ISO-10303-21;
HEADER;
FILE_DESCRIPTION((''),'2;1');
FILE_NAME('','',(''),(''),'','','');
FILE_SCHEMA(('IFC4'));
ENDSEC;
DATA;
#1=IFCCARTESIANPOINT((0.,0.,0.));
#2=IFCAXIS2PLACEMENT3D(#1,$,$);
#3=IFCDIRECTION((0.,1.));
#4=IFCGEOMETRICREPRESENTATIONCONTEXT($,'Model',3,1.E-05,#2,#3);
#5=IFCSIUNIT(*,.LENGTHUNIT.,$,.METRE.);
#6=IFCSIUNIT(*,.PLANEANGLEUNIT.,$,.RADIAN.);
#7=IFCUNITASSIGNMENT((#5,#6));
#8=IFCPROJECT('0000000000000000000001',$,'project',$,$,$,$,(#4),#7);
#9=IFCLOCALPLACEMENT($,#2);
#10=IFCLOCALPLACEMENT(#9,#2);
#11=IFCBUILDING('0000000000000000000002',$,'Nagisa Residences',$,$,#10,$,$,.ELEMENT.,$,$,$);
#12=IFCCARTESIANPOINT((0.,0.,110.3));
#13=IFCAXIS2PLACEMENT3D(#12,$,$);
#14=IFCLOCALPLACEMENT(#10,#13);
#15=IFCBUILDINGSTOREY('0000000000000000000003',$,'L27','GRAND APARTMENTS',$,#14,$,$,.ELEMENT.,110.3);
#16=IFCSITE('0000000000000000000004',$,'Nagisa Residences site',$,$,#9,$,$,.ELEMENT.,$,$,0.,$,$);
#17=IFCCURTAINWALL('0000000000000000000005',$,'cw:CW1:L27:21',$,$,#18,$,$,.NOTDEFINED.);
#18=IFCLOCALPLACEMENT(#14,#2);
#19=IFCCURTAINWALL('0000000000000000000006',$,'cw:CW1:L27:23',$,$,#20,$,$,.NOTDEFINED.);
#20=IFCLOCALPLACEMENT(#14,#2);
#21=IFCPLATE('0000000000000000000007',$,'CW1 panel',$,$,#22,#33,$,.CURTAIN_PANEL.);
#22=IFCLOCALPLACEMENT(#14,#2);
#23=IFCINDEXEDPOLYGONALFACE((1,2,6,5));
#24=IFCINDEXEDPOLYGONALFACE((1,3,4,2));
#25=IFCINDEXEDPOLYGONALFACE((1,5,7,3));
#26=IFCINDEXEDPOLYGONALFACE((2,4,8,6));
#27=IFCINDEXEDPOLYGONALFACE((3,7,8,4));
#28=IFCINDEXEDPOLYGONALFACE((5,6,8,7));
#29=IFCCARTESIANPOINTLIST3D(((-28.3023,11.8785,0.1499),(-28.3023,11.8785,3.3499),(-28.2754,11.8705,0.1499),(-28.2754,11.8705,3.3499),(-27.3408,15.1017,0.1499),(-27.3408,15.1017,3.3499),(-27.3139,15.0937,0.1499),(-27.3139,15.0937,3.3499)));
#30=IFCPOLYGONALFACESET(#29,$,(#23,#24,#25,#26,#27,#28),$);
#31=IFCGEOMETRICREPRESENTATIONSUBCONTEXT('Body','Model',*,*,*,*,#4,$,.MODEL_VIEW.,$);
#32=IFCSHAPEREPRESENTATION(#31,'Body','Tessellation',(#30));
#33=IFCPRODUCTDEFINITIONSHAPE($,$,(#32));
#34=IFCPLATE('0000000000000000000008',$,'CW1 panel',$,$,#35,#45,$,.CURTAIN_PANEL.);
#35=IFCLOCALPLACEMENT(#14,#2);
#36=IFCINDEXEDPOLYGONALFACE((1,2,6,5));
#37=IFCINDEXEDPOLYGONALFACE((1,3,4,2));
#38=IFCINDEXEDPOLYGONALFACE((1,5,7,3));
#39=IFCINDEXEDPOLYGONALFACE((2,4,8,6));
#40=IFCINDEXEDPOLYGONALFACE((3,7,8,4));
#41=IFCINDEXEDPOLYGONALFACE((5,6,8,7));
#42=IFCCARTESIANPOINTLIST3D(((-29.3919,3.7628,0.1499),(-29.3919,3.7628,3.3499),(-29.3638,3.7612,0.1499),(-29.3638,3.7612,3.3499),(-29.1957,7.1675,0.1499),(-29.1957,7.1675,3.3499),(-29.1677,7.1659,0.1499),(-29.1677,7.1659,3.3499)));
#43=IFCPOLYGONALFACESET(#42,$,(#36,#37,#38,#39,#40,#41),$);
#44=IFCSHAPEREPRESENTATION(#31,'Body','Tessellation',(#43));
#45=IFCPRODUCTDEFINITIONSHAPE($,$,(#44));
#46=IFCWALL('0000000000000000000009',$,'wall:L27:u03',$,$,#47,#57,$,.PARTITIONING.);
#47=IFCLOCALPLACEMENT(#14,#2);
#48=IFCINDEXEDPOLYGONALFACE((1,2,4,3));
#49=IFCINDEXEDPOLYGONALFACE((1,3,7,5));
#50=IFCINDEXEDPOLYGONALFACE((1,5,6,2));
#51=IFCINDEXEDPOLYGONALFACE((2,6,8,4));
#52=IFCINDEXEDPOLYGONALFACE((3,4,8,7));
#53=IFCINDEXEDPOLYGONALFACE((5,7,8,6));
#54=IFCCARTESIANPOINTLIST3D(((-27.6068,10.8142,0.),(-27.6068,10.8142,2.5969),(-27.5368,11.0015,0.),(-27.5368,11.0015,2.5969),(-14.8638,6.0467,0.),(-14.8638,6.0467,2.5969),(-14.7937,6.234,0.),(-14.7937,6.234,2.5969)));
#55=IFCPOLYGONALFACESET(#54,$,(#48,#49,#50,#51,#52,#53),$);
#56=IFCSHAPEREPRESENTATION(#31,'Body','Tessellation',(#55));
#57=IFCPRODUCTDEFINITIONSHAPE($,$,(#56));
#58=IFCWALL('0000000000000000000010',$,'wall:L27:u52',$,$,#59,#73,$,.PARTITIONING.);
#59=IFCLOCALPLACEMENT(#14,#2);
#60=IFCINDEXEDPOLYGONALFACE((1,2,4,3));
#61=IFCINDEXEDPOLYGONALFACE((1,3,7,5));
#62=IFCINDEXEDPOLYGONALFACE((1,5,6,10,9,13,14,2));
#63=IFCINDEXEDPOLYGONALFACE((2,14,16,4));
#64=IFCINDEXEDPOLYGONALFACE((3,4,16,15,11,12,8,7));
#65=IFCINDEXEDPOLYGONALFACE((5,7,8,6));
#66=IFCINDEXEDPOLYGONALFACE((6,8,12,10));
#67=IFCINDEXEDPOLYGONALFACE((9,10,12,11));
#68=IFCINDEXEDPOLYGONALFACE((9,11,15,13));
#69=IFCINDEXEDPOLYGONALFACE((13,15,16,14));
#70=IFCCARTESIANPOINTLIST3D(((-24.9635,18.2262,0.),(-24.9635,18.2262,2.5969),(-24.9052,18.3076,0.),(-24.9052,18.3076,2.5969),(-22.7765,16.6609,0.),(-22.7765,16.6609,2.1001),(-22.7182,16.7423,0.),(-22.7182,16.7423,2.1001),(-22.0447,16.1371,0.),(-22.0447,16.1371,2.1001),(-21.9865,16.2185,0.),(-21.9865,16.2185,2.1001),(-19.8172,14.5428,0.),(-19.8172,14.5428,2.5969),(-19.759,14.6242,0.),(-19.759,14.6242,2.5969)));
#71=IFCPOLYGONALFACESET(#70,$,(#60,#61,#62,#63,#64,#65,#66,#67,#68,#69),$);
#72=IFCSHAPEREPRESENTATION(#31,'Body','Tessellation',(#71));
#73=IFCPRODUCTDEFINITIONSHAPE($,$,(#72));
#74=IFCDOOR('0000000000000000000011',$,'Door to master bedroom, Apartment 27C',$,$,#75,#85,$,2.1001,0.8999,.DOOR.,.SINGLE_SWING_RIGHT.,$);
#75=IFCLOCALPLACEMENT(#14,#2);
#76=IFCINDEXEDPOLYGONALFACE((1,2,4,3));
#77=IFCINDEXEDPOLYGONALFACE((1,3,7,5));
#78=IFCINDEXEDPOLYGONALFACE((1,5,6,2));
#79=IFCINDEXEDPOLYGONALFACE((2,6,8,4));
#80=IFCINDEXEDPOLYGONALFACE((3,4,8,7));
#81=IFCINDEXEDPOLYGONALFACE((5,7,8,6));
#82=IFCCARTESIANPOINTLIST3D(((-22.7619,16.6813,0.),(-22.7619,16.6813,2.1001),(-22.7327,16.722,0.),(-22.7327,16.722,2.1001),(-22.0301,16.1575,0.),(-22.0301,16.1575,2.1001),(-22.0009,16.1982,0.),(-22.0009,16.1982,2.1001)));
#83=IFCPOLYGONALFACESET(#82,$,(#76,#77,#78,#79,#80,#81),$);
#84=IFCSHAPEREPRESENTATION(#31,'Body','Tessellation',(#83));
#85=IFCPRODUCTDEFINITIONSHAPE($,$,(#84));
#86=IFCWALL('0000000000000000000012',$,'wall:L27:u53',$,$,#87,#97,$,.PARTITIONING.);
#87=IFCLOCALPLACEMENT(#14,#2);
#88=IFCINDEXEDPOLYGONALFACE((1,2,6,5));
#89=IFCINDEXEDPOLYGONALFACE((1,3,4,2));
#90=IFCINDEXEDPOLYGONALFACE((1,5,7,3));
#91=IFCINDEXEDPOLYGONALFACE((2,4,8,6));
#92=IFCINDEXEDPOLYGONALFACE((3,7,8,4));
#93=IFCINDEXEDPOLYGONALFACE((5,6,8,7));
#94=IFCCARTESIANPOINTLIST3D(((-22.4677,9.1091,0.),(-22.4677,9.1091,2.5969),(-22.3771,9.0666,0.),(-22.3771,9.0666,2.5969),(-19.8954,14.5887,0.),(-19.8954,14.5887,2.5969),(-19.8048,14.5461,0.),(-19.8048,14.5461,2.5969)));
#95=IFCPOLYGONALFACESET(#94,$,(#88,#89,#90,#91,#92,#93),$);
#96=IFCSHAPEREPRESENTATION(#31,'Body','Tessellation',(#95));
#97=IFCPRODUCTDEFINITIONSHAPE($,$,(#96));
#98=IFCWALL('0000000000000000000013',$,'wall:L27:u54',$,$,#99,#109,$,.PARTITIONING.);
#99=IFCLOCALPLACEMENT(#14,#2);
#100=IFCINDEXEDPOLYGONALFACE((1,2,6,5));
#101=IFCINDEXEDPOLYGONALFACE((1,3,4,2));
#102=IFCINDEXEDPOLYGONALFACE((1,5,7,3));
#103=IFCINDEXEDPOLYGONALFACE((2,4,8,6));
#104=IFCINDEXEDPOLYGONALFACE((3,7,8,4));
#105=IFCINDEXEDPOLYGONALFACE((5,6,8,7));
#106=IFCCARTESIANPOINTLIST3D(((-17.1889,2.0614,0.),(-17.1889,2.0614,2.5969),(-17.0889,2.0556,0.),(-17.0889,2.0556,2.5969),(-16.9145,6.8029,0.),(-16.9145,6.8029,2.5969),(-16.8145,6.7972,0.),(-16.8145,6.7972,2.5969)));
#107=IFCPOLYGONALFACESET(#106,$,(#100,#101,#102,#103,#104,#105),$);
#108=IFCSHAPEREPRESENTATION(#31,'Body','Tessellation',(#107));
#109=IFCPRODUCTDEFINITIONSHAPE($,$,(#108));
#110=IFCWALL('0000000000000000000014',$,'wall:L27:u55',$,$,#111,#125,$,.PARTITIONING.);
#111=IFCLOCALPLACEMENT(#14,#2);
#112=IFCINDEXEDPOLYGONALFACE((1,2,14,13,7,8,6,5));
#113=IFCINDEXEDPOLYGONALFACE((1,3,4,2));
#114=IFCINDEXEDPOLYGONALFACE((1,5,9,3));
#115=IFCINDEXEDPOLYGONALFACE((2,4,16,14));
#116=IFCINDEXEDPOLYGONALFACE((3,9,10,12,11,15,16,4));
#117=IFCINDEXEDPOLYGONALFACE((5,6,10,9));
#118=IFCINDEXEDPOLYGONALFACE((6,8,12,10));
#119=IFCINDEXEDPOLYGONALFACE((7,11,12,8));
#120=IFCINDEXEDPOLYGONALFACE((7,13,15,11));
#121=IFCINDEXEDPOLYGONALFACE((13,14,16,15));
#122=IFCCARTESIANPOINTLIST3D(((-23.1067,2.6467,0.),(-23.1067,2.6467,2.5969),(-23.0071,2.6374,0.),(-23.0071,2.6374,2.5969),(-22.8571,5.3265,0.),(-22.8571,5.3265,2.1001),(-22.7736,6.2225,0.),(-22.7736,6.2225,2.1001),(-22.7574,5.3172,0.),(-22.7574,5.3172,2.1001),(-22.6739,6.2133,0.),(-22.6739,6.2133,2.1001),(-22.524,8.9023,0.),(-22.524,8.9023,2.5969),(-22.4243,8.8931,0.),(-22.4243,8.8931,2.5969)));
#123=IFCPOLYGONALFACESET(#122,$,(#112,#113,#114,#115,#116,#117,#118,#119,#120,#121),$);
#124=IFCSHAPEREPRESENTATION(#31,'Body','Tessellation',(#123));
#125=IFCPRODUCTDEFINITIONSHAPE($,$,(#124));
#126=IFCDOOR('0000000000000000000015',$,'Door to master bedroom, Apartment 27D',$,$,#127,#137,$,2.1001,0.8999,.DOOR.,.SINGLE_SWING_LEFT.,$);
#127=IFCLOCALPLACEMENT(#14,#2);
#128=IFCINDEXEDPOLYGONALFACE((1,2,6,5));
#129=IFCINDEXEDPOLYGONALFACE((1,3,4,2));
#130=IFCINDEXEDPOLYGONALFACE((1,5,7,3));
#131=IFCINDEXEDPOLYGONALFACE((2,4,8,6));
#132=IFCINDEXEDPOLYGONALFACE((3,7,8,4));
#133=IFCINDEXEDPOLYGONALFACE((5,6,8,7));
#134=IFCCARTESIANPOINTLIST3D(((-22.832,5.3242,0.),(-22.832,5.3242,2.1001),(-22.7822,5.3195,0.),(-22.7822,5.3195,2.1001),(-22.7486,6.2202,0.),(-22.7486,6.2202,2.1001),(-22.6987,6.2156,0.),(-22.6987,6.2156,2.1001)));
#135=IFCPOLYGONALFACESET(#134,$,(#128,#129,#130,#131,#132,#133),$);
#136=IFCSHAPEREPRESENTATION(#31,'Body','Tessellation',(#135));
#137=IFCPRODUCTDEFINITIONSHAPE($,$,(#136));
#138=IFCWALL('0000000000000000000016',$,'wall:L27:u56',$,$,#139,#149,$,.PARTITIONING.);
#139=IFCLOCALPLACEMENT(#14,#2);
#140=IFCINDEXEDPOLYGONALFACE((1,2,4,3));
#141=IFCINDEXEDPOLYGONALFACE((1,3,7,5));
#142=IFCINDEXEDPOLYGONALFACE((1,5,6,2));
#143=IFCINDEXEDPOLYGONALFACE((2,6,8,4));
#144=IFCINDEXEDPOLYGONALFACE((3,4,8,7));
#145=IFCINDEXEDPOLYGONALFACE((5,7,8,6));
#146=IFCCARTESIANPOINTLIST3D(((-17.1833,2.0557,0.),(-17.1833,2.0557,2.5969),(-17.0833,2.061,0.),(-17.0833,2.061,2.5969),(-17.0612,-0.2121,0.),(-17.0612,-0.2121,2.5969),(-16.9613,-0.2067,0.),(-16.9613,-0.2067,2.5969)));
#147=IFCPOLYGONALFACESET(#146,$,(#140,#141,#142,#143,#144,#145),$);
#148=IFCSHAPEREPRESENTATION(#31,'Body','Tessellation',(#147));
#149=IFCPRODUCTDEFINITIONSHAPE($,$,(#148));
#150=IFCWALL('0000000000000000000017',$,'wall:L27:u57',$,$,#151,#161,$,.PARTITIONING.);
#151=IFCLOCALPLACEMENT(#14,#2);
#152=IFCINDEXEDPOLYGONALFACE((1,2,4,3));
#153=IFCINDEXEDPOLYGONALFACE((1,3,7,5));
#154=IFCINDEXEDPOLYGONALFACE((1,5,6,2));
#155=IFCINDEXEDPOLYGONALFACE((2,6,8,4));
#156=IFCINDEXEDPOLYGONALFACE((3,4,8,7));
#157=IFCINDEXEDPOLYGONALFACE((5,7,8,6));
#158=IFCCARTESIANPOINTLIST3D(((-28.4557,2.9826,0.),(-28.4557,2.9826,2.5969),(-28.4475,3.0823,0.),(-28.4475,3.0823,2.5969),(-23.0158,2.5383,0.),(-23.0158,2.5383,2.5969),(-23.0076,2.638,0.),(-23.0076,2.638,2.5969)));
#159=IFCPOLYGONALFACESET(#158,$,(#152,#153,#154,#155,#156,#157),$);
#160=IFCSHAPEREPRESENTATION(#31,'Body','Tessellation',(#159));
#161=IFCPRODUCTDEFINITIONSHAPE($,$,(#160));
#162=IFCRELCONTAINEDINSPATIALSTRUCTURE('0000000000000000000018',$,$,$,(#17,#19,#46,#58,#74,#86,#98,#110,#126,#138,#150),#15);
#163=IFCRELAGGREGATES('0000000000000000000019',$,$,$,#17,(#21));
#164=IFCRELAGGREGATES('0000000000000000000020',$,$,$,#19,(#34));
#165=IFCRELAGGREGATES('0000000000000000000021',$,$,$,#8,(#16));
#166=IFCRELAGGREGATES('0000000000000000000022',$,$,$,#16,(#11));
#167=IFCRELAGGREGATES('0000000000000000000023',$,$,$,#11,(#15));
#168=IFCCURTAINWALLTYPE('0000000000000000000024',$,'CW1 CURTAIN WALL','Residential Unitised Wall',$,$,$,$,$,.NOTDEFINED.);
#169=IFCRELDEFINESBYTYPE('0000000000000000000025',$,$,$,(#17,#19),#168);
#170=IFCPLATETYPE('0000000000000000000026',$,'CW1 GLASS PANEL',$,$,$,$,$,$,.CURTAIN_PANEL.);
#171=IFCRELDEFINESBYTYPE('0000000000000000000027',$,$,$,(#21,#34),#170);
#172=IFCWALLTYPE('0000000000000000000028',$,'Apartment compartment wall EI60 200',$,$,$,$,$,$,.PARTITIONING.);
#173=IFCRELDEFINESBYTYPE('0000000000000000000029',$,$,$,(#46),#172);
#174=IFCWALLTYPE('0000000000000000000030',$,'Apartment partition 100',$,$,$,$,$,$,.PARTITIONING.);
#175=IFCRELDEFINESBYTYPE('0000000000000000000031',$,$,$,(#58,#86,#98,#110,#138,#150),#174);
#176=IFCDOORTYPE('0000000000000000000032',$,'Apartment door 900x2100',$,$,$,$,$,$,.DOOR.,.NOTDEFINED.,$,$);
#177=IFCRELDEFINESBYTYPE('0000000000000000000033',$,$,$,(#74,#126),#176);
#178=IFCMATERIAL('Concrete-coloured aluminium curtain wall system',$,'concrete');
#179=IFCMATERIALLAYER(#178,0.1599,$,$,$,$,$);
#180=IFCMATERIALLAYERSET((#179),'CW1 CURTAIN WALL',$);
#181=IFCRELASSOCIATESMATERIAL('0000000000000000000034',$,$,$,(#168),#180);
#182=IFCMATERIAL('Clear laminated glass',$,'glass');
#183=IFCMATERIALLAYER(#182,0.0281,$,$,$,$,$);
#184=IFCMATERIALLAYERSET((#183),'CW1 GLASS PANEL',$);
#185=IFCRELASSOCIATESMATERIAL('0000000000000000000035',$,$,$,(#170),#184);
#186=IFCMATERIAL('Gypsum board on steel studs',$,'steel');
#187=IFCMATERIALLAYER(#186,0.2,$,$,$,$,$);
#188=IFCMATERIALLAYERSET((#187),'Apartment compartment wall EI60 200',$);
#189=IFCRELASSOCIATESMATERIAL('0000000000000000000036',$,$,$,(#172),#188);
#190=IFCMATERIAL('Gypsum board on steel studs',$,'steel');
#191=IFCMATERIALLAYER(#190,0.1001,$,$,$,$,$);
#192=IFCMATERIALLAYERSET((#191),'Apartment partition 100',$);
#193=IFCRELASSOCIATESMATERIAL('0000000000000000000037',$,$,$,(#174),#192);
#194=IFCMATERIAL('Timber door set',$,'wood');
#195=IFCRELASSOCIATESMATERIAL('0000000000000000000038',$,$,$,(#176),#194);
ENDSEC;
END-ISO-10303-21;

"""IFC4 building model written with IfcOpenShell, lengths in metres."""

from ifc_helpers import new_model, si_unit, direction, frame, frame_2d, origin, origin_2d, place, context, subcontext, project, spatial, rectangle, extrude, material, layer, layer_set, type_object, element, fill, aggregate, save


model = new_model("IFC4")

# Units and contexts
model_context = context("Model", 3, precision=1e-05, world=origin(), true_north=direction((0.0, 1.0)))
body_context = subcontext(model_context, "Body", "Model", "MODEL_VIEW")
ifc_project = project(units=[si_unit("LENGTHUNIT", "METRE"), si_unit("PLANEANGLEUNIT", "RADIAN")], contexts=[model_context])

# Site, building, storey
site_placement = place(None, origin())
site = spatial("IfcSite", under=ifc_project, at=site_placement, Name="Nagisa Residences site", CompositionType="ELEMENT", RefElevation=0.0)
building_placement = place(site_placement, origin())
building = spatial("IfcBuilding", under=site, at=building_placement, Name="Nagisa Residences", CompositionType="ELEMENT")
storey_placement = place(building_placement, frame((0.0, 0.0, 110.3)))
storey = spatial("IfcBuildingStorey", under=building, at=storey_placement, Name="L27", Description="GRAND APARTMENTS", CompositionType="ELEMENT", Elevation=110.3)

# Curtain walls
ifc_material_1 = material(Name="Concrete-coloured aluminium curtain wall system", Category="concrete")
ifc_layer_1 = layer(ifc_material_1, 0.1599)
ifc_layer_set_1 = layer_set([ifc_layer_1], Name="CW1 CURTAIN WALL")
curtain_wall_type = type_object("IfcCurtainWallType", Name="CW1 CURTAIN WALL", Description="Residential Unitised Wall", PredefinedType="NOTDEFINED", material=ifc_layer_set_1)
curtain_wall_1_placement = place(storey_placement, origin())
curtain_wall_1 = element("IfcCurtainWall", 1, at=curtain_wall_1_placement, inside=storey, type_object=curtain_wall_type, Name="cw:CW1:L27:21", PredefinedType="NOTDEFINED")
curtain_wall_2_placement = place(storey_placement, origin())
curtain_wall_2 = element("IfcCurtainWall", 2, at=curtain_wall_2_placement, inside=storey, type_object=curtain_wall_type, Name="cw:CW1:L27:23", PredefinedType="NOTDEFINED")

# Plates
ifc_material_2 = material(Name="Clear laminated glass", Category="glass")
ifc_layer_2 = layer(ifc_material_2, 0.0281)
ifc_layer_set_2 = layer_set([ifc_layer_2], Name="CW1 GLASS PANEL")
plate_type = type_object("IfcPlateType", Name="CW1 GLASS PANEL", PredefinedType="CURTAIN_PANEL", material=ifc_layer_set_2)
plate_1_placement = place(storey_placement, frame((-27.8081, 13.4861, 0.1499), z_axis=(0.0, 0.0, 1.0), x_axis=(-0.28586, -0.958271, 0.0)))
plate_1 = element("IfcPlate", 3, at=plate_1_placement, type_object=plate_type, Name="CW1 panel", PredefinedType="CURTAIN_PANEL", context=body_context, shape_type="SweptSolid", body=[
    extrude(rectangle(XDim=3.3635, YDim=0.0281, at=origin_2d()), origin(), (0.0, 0.0, 1.0), 3.2),
])
aggregate(curtain_wall_1, [plate_1])
plate_2_placement = place(storey_placement, frame((-29.2798, 5.4644, 0.1499), z_axis=(0.0, 0.0, 1.0), x_axis=(-0.057503, -0.998345, 0.0)))
plate_2 = element("IfcPlate", 4, at=plate_2_placement, type_object=plate_type, Name="CW1 panel", PredefinedType="CURTAIN_PANEL", context=body_context, shape_type="SweptSolid", body=[
    extrude(rectangle(XDim=3.4104, YDim=0.0281, at=origin_2d()), origin(), (0.0, 0.0, 1.0), 3.2),
])
aggregate(curtain_wall_2, [plate_2])

# Wall
ifc_material_3 = material(Name="Gypsum board on steel studs", Category="steel")
ifc_layer_3 = layer(ifc_material_3, 0.2)
ifc_layer_set_3 = layer_set([ifc_layer_3], Name="Apartment compartment wall EI60 200")
wall_type_1 = type_object("IfcWallType", Name="Apartment compartment wall EI60 200", PredefinedType="PARTITIONING", material=ifc_layer_set_3)
wall_1_placement = place(storey_placement, frame((-14.8289, 6.1404, 0.0), z_axis=(0.0, 0.0, 1.0), x_axis=(-0.936597, 0.350408, 0.0)))
element("IfcWall", 5, at=wall_1_placement, inside=storey, type_object=wall_type_1, Name="wall:L27:u03", PredefinedType="PARTITIONING", context=body_context, shape_type="SweptSolid", body=[
    extrude(rectangle(XDim=13.6057, YDim=0.2, at=frame_2d((6.8027, 0.0))), origin(), (0.0, 0.0, 1.0), 2.5969),
])

# Wall, opening, door
ifc_material_4 = material(Name="Gypsum board on steel studs", Category="steel")
ifc_layer_4 = layer(ifc_material_4, 0.1001)
ifc_layer_set_4 = layer_set([ifc_layer_4], Name="Apartment partition 100")
wall_type_2 = type_object("IfcWallType", Name="Apartment partition 100", PredefinedType="PARTITIONING", material=ifc_layer_set_4)
wall_2_placement = place(storey_placement, frame((-19.7881, 14.5835, 0.0), z_axis=(0.0, 0.0, 1.0), x_axis=(-0.813175, 0.582019, 0.0)))
wall_2 = element("IfcWall", 6, at=wall_2_placement, inside=storey, type_object=wall_type_2, Name="wall:L27:u52", PredefinedType="PARTITIONING", context=body_context, shape_type="SweptSolid", body=[
    extrude(rectangle(XDim=6.3286, YDim=0.1001, at=frame_2d((3.1643, 0.0))), origin(), (0.0, 0.0, 1.0), 2.5969),
])
opening_1_placement = place(wall_2_placement, frame((2.7393, 0.0, 0.0)))
opening_1 = element("IfcOpeningElement", 7, at=opening_1_placement, cuts=wall_2, PredefinedType="OPENING", context=body_context, shape_type="SweptSolid", body=[
    extrude(rectangle(XDim=0.8999, YDim=2.1001, at=frame_2d((0.45, 1.05))), frame((0.0, 0.0601, 0.0), z_axis=(0.0, -1.0, 0.0), x_axis=(1.0, 0.0, 0.0)), (0.0, 0.0, 1.0), 0.1201),
])
ifc_material_5 = material(Name="Timber door set", Category="wood")
door_type_1 = type_object("IfcDoorType", Name="Apartment door 900x2100", OperationType="NOTDEFINED", PredefinedType="DOOR", material=ifc_material_5)
door_1_placement = place(opening_1_placement, origin())
door_1 = element("IfcDoor", 8, at=door_1_placement, inside=storey, type_object=door_type_1, Name="Door to master bedroom, Apartment 27C", OperationType="SINGLE_SWING_RIGHT", OverallHeight=2.1001, OverallWidth=0.8999, PredefinedType="DOOR", context=body_context, shape_type="SweptSolid", body=[
    extrude(rectangle(XDim=0.8999, YDim=2.1001, at=frame_2d((0.45, 1.05))), frame((0.0, 0.0249, 0.0), z_axis=(0.0, -1.0, 0.0), x_axis=(1.0, 0.0, 0.0)), (0.0, 0.0, 1.0), 0.05),
])
fill(opening_1, door_1)

# Walls
wall_3_placement = place(storey_placement, frame((-19.8501, 14.5674, 0.0), z_axis=(0.0, 0.0, 1.0), x_axis=(-0.424942, -0.90522, 0.0)))
element("IfcWall", 9, at=wall_3_placement, inside=storey, type_object=wall_type_2, Name="wall:L27:u53", PredefinedType="PARTITIONING", context=body_context, shape_type="SweptSolid", body=[
    extrude(rectangle(XDim=6.0532, YDim=0.1001, at=frame_2d((3.0266, 0.0))), origin(), (0.0, 0.0, 1.0), 2.5969),
])
wall_4_placement = place(storey_placement, frame((-16.8645, 6.8, 0.0), z_axis=(0.0, 0.0, 1.0), x_axis=(-0.057776, -0.99833, 0.0)))
element("IfcWall", 10, at=wall_4_placement, inside=storey, type_object=wall_type_2, Name="wall:L27:u54", PredefinedType="PARTITIONING", context=body_context, shape_type="SweptSolid", body=[
    extrude(rectangle(XDim=4.7495, YDim=0.1001, at=frame_2d((2.3748, 0.0))), origin(), (0.0, 0.0, 1.0), 2.5969),
])

# Wall, opening, door
wall_5_placement = place(storey_placement, frame((-22.4741, 8.8977, 0.0), z_axis=(0.0, 0.0, 1.0), x_axis=(-0.092757, -0.995689, 0.0)))
wall_5 = element("IfcWall", 11, at=wall_5_placement, inside=storey, type_object=wall_type_2, Name="wall:L27:u55", PredefinedType="PARTITIONING", context=body_context, shape_type="SweptSolid", body=[
    extrude(rectangle(XDim=6.2827, YDim=0.1001, at=frame_2d((3.1414, 0.0))), origin(), (0.0, 0.0, 1.0), 2.5969),
])
opening_2_placement = place(wall_5_placement, frame((2.6914, 0.0, 0.0)))
opening_2 = element("IfcOpeningElement", 12, at=opening_2_placement, cuts=wall_5, PredefinedType="OPENING", context=body_context, shape_type="SweptSolid", body=[
    extrude(rectangle(XDim=0.8999, YDim=2.1001, at=frame_2d((0.45, 1.05))), frame((0.0, 0.0601, 0.0), z_axis=(0.0, -1.0, 0.0), x_axis=(1.0, 0.0, 0.0)), (0.0, 0.0, 1.0), 0.1201),
])
door_2_placement = place(opening_2_placement, frame((0.8999, 0.0, 0.0), x_axis=(-1.0, 0.0, 0.0)))
door_2 = element("IfcDoor", 13, at=door_2_placement, inside=storey, type_object=door_type_1, Name="Door to master bedroom, Apartment 27D", OperationType="SINGLE_SWING_LEFT", OverallHeight=2.1001, OverallWidth=0.8999, PredefinedType="DOOR", context=body_context, shape_type="SweptSolid", body=[
    extrude(rectangle(XDim=0.8999, YDim=2.1001, at=frame_2d((0.45, 1.05))), frame((0.0, 0.0249, 0.0), z_axis=(0.0, -1.0, 0.0), x_axis=(1.0, 0.0, 0.0)), (0.0, 0.0, 1.0), 0.05),
])
fill(opening_2, door_2)

# Walls
wall_6_placement = place(storey_placement, frame((-17.1333, 2.0583, 0.0), z_axis=(0.0, 0.0, 1.0), x_axis=(0.053749, -0.998554, 0.0)))
element("IfcWall", 14, at=wall_6_placement, inside=storey, type_object=wall_type_2, Name="wall:L27:u56", PredefinedType="PARTITIONING", context=body_context, shape_type="SweptSolid", body=[
    extrude(rectangle(XDim=2.271, YDim=0.1001, at=frame_2d((1.1355, 0.0))), origin(), (0.0, 0.0, 1.0), 2.5969),
])
wall_7_placement = place(storey_placement, frame((-23.0117, 2.5881, 0.0), z_axis=(0.0, 0.0, 1.0), x_axis=(-0.996681, 0.081409, 0.0)))
element("IfcWall", 15, at=wall_7_placement, inside=storey, type_object=wall_type_2, Name="wall:L27:u57", PredefinedType="PARTITIONING", context=body_context, shape_type="SweptSolid", body=[
    extrude(rectangle(XDim=5.458, YDim=0.1001, at=frame_2d((2.729, 0.0))), origin(), (0.0, 0.0, 1.0), 2.5969),
])

save(model, "model.ifc")
